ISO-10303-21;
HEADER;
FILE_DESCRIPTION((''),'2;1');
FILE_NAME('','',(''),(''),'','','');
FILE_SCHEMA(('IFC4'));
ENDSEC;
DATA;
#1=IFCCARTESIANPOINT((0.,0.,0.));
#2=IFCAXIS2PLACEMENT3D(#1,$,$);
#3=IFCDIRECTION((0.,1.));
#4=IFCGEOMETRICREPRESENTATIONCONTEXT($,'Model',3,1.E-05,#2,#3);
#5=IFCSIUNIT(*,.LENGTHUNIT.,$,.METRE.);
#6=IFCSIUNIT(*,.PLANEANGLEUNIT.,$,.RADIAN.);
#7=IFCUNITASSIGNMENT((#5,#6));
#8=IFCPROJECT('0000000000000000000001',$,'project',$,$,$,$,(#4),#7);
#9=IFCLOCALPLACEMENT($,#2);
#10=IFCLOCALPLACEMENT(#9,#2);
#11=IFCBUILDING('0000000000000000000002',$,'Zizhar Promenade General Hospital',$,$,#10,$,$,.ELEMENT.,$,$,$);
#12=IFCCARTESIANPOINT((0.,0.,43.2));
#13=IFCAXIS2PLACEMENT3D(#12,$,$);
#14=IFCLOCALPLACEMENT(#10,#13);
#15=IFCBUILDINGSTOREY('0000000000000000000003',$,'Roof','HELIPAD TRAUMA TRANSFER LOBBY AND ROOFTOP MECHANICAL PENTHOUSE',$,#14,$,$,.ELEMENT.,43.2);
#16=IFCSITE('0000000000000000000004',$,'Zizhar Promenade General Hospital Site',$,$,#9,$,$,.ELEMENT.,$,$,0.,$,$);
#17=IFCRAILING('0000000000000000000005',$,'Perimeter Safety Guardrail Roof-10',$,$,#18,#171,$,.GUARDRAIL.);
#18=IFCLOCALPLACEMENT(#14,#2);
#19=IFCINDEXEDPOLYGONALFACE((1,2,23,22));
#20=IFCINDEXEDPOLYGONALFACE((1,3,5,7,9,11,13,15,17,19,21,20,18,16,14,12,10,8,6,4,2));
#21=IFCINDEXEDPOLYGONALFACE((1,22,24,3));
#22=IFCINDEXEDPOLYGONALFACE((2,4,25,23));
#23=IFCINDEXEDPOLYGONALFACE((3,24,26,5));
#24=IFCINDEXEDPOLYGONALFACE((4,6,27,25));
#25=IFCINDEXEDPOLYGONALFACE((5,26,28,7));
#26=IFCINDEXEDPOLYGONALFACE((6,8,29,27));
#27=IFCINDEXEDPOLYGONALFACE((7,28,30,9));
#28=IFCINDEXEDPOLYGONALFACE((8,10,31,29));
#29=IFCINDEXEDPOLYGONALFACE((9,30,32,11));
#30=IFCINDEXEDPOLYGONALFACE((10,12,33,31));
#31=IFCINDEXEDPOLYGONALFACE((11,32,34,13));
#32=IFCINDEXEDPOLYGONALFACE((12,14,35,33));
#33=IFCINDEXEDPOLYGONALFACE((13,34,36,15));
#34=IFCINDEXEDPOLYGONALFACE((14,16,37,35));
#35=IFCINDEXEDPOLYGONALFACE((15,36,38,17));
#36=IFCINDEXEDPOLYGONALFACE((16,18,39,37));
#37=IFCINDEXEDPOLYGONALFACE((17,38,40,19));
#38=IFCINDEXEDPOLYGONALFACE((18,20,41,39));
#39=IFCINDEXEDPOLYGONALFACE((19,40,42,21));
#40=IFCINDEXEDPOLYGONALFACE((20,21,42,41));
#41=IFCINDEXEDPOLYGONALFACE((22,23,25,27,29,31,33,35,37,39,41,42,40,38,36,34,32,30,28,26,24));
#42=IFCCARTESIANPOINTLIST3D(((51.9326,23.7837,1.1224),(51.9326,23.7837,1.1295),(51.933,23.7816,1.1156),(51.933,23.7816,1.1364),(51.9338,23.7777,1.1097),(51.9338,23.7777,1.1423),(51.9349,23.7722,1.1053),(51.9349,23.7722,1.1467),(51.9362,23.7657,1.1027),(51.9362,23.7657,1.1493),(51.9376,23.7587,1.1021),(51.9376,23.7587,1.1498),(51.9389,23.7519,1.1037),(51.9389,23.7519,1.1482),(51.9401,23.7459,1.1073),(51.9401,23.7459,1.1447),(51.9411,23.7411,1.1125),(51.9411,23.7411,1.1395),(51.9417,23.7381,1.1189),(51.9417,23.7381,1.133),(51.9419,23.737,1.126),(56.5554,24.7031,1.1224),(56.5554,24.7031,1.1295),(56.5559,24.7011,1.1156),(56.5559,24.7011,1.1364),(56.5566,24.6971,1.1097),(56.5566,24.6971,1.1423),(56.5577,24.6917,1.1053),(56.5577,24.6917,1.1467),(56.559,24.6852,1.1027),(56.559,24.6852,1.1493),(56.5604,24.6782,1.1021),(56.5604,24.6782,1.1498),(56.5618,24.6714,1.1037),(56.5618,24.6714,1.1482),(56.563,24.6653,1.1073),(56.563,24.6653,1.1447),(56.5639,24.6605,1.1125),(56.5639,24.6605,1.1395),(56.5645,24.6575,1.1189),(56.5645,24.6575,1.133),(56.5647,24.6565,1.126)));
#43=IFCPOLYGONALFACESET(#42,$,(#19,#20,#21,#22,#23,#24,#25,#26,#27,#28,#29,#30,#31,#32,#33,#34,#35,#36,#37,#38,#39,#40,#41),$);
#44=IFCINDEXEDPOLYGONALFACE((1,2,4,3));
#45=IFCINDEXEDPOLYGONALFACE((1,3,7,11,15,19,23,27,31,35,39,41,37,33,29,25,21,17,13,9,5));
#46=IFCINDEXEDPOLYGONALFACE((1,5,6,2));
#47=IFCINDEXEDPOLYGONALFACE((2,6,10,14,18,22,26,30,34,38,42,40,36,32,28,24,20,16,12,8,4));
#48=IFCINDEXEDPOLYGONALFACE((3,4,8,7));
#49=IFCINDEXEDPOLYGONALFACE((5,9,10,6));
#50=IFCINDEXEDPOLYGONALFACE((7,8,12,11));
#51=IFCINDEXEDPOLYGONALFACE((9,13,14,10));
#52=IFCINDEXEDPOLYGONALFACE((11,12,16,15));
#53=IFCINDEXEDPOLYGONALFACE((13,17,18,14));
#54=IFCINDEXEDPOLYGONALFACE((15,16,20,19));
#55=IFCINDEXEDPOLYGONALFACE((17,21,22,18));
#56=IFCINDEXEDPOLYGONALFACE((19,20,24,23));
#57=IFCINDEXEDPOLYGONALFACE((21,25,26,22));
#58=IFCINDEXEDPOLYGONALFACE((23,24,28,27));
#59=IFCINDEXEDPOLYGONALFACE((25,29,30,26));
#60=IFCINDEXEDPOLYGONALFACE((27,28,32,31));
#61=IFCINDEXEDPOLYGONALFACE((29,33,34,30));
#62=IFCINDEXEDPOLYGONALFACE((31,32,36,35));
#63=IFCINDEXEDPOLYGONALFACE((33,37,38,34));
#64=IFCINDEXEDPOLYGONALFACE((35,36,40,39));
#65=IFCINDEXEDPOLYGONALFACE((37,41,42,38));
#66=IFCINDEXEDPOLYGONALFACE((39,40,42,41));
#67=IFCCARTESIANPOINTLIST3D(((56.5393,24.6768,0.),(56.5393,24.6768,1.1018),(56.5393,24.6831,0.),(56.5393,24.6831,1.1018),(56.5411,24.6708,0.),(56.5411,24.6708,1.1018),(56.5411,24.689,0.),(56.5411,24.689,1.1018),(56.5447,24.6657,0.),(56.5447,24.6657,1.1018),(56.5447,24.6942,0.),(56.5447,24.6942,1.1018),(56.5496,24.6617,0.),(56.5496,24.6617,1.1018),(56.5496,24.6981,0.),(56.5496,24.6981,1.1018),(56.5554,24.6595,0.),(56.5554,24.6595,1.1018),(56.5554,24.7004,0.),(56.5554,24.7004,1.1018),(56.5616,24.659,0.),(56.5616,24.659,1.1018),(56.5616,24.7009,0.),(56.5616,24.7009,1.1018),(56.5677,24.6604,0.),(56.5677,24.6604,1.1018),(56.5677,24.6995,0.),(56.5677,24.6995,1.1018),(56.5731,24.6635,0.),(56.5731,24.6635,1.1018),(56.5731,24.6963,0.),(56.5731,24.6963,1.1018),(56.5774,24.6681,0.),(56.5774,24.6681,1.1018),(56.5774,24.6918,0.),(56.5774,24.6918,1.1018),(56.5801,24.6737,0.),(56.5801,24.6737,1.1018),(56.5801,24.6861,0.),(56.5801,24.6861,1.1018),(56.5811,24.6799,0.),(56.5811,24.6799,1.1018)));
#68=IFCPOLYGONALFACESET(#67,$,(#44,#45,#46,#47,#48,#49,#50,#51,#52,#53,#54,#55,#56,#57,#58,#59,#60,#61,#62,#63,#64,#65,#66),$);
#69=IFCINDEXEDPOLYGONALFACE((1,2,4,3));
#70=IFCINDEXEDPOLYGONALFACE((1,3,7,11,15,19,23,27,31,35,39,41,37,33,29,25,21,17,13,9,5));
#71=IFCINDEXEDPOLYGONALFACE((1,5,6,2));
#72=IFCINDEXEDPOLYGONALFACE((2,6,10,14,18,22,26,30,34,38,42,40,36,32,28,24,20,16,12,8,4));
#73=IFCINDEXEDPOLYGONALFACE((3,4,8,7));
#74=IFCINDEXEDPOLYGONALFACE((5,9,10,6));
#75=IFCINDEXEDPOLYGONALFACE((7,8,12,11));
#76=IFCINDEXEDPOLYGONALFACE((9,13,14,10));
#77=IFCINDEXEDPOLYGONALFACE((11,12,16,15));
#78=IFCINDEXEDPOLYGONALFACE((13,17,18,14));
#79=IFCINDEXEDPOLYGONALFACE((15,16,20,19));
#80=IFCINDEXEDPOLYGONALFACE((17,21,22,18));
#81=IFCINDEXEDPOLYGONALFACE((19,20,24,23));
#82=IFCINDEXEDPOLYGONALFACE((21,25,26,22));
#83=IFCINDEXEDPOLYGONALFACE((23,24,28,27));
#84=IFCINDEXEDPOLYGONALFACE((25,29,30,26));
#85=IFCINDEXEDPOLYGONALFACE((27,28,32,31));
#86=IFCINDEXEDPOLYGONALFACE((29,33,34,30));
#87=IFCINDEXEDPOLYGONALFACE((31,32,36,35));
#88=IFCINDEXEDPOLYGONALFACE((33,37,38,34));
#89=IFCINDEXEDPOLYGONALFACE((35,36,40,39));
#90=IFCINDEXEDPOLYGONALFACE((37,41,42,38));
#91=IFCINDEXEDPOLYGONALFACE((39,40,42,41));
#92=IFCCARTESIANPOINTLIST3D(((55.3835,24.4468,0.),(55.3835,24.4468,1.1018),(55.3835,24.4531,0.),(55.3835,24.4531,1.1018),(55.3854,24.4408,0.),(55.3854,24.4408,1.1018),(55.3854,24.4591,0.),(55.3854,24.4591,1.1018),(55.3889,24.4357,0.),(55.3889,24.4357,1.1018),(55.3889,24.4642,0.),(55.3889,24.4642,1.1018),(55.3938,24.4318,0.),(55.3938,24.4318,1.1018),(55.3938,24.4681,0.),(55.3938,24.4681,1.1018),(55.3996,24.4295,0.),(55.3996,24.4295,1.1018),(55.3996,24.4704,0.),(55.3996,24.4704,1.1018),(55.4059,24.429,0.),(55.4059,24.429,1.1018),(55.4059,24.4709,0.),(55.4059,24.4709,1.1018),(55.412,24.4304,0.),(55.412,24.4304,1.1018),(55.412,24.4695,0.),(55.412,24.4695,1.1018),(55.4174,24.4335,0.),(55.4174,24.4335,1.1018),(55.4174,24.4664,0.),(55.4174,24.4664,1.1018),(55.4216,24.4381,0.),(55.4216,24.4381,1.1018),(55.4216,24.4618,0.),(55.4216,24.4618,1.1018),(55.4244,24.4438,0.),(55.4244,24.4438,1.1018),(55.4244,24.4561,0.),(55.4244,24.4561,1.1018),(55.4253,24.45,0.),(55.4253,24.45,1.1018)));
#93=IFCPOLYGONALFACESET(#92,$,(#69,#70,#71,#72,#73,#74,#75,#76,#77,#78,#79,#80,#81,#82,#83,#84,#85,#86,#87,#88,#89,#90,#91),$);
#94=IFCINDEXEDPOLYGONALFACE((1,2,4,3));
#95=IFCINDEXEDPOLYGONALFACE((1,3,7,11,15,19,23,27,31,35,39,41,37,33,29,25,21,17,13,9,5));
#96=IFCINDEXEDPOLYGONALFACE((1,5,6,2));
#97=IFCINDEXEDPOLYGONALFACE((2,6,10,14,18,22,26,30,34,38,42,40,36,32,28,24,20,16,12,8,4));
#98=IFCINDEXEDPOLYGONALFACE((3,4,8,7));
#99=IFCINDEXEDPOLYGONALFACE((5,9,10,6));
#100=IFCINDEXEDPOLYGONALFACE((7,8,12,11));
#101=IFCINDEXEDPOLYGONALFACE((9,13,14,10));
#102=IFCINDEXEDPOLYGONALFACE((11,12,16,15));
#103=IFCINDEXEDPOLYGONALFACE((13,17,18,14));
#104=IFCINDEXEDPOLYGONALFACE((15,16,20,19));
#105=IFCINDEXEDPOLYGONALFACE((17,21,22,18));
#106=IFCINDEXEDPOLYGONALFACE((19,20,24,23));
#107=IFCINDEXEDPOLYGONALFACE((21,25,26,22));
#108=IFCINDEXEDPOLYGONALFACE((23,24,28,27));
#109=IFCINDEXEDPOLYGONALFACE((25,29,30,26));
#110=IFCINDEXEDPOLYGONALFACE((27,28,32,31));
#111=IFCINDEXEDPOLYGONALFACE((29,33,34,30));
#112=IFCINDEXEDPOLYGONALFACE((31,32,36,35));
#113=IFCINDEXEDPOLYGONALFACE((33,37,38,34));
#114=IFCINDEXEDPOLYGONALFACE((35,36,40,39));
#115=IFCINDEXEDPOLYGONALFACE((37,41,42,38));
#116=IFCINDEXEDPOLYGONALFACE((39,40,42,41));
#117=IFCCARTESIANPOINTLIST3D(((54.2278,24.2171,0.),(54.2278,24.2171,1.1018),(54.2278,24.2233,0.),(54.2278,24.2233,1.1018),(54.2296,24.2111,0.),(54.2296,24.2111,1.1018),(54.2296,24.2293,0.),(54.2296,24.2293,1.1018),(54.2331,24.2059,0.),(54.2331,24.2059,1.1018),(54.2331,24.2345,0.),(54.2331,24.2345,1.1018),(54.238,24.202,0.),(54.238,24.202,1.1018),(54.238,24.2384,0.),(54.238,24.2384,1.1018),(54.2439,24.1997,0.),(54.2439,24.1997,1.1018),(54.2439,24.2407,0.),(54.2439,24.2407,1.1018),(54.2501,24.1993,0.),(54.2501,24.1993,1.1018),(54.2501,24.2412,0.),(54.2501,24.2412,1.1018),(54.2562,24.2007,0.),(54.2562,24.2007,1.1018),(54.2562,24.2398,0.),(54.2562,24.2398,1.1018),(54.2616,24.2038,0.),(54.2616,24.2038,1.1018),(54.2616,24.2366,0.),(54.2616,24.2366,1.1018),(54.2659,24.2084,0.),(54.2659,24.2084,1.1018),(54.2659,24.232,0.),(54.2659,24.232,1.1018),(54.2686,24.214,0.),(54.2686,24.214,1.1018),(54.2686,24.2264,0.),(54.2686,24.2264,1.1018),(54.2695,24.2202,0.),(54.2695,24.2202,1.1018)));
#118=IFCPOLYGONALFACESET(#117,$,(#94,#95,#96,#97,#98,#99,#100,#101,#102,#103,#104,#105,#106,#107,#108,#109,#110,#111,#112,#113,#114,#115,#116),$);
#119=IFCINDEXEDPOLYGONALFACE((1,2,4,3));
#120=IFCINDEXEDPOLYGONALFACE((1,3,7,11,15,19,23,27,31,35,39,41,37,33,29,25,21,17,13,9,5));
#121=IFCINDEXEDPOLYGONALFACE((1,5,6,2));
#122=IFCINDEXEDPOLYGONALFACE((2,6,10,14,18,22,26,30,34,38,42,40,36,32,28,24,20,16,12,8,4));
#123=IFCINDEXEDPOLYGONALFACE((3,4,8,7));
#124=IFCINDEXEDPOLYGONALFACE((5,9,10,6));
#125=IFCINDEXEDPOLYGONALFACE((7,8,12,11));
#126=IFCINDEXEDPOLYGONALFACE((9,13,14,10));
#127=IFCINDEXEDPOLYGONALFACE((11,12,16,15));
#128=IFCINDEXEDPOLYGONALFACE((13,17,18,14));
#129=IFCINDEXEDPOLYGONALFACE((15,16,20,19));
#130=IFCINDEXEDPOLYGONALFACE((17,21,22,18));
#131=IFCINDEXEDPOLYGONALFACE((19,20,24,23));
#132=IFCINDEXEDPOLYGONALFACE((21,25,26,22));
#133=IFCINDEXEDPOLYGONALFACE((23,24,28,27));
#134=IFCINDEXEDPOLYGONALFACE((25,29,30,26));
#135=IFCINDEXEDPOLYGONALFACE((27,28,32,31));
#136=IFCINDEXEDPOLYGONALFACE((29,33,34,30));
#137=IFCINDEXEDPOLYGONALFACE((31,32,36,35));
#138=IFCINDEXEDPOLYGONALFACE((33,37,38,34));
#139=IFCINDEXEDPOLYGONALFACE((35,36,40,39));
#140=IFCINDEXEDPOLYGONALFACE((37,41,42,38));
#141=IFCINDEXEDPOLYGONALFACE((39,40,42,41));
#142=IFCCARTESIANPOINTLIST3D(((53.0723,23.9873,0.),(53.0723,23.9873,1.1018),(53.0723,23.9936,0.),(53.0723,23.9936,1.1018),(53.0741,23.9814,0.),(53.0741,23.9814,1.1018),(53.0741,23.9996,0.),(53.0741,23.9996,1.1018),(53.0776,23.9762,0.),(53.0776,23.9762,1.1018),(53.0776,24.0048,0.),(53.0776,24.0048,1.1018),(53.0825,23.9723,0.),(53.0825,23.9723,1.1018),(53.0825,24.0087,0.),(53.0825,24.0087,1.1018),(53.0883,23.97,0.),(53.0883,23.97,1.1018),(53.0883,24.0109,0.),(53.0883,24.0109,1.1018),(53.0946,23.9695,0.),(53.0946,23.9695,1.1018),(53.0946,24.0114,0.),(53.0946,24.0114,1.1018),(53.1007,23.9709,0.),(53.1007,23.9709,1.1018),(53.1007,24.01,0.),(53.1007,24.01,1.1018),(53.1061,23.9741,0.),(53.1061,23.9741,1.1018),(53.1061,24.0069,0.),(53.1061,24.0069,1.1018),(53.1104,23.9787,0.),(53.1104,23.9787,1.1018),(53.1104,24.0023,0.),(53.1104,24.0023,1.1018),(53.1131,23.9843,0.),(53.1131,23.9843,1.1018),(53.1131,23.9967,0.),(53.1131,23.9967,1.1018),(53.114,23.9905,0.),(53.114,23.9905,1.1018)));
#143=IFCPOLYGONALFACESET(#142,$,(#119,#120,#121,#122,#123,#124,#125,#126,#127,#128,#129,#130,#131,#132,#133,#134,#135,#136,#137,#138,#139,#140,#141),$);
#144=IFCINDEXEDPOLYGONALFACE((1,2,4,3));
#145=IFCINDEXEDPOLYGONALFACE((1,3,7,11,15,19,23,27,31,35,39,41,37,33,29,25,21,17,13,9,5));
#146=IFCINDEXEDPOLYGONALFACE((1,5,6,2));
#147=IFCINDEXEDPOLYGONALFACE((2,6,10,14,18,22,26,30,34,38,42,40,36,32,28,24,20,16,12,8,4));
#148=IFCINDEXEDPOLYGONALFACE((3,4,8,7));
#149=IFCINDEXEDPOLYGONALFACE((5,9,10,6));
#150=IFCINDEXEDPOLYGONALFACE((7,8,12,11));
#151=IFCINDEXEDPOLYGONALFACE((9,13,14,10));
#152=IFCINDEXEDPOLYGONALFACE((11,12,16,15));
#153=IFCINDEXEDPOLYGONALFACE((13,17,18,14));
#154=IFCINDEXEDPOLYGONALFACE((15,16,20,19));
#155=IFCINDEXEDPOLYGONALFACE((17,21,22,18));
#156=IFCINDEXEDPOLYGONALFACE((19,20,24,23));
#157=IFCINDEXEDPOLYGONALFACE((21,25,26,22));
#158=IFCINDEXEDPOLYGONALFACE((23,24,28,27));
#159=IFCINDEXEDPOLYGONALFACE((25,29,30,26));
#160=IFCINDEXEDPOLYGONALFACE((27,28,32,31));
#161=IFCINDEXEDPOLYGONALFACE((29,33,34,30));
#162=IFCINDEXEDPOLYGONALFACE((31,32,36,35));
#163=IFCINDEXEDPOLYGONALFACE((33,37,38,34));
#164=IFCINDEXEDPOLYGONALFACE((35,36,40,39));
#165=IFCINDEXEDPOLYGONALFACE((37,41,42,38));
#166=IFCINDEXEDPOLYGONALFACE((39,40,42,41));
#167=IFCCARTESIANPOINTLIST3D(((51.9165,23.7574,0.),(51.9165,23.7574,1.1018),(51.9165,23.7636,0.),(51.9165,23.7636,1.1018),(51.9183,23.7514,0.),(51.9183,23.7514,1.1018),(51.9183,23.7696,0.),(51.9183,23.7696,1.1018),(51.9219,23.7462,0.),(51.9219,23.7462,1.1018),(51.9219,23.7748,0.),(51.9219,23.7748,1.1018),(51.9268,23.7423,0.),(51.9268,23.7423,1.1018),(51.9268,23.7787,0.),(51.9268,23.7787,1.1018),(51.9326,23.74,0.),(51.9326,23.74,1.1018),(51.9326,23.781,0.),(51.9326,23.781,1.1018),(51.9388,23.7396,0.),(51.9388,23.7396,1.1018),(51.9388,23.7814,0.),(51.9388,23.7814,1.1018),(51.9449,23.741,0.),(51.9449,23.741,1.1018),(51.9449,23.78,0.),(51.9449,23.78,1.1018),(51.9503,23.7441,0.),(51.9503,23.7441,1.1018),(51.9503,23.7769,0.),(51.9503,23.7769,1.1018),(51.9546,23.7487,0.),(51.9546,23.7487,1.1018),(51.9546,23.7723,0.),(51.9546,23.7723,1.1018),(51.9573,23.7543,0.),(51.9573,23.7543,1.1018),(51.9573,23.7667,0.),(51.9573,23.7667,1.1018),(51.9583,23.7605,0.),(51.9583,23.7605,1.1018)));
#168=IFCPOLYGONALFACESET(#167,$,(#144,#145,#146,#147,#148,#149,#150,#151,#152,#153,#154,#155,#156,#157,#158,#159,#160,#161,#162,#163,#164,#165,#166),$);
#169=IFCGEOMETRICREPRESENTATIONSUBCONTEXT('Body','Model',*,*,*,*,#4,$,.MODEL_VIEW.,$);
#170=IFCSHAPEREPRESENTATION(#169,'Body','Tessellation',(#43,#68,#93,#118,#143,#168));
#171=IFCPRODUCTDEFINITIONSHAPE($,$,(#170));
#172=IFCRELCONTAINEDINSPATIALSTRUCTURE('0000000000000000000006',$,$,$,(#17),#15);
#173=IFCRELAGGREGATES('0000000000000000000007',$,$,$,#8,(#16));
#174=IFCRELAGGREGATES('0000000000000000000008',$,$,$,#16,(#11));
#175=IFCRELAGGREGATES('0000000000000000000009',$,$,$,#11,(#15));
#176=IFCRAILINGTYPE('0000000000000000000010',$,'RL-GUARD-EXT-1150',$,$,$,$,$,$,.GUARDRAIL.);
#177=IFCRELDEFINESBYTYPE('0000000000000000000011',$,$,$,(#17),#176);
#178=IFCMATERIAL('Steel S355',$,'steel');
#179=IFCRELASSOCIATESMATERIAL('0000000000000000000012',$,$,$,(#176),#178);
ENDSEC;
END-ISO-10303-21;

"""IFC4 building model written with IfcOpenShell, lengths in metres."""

from ifc_helpers import new_model, si_unit, direction, frame, origin, origin_2d, place, context, subcontext, project, spatial, hollow_rectangle, circle, extrude, material, material_profile, profile_set, type_object, element, save


model = new_model("IFC4")

# Units and contexts
model_context = context("Model", 3, precision=1e-05, world=origin(), true_north=direction((0.0, 1.0)))
body_context = subcontext(model_context, "Body", "Model", "MODEL_VIEW")
ifc_project = project(units=[si_unit("LENGTHUNIT", "METRE"), si_unit("PLANEANGLEUNIT", "RADIAN")], contexts=[model_context])

# Site, building, storey
site_placement = place(None, origin())
site = spatial("IfcSite", under=ifc_project, at=site_placement, Name="Zizhar Promenade General Hospital Site", CompositionType="ELEMENT", RefElevation=0.0)
building_placement = place(site_placement, origin())
building = spatial("IfcBuilding", under=site, at=building_placement, Name="Zizhar Promenade General Hospital", CompositionType="ELEMENT")
storey_placement = place(building_placement, frame((0.0, 0.0, 43.2)))
storey = spatial("IfcBuildingStorey", under=building, at=storey_placement, Name="Roof", Description="HELIPAD TRAUMA TRANSFER LOBBY AND ROOFTOP MECHANICAL PENTHOUSE", CompositionType="ELEMENT", Elevation=43.2)

# Railing
ifc_material_1 = material(Name="Steel S355", Category="steel")
ifc_material_profile_1 = material_profile(ifc_material_1, hollow_rectangle(XDim=0.0601, YDim=0.1201, WallThickness=0.0039, at=origin_2d()))
ifc_profile_set_1 = profile_set([ifc_material_profile_1], Name="Steel S355")
railing_type = type_object("IfcRailingType", Name="RL-GUARD-EXT-1150", PredefinedType="GUARDRAIL", material=ifc_profile_set_1)
railing_placement = place(storey_placement, frame((56.5601, 24.6799, 0.0)))
element("IfcRailing", 1, at=railing_placement, inside=storey, type_object=railing_type, Name="Perimeter Safety Guardrail Roof-10", PredefinedType="GUARDRAIL", context=body_context, shape_type="SweptSolid", body=[
    extrude(circle(Radius=0.0239, at=origin_2d()), frame((0.0, 0.0, 1.126), z_axis=(-0.980789, -0.19507, 0.0), x_axis=(0.19507, -0.980789, 0.0)), (0.0, 0.0, 1.0), 4.7134),
    extrude(circle(Radius=0.021, at=origin_2d()), origin(), (0.0, 0.0, 1.0), 1.1018),
    extrude(circle(Radius=0.021, at=origin_2d()), frame((-1.1558, -0.23, 0.0)), (0.0, 0.0, 1.0), 1.1018),
    extrude(circle(Radius=0.021, at=origin_2d()), frame((-2.3115, -0.4597, 0.0)), (0.0, 0.0, 1.0), 1.1018),
    extrude(circle(Radius=0.021, at=origin_2d()), frame((-3.467, -0.6895, 0.0)), (0.0, 0.0, 1.0), 1.1018),
    extrude(circle(Radius=0.021, at=origin_2d()), frame((-4.6228, -0.9194, 0.0)), (0.0, 0.0, 1.0), 1.1018),
])

save(model, "model.ifc")
